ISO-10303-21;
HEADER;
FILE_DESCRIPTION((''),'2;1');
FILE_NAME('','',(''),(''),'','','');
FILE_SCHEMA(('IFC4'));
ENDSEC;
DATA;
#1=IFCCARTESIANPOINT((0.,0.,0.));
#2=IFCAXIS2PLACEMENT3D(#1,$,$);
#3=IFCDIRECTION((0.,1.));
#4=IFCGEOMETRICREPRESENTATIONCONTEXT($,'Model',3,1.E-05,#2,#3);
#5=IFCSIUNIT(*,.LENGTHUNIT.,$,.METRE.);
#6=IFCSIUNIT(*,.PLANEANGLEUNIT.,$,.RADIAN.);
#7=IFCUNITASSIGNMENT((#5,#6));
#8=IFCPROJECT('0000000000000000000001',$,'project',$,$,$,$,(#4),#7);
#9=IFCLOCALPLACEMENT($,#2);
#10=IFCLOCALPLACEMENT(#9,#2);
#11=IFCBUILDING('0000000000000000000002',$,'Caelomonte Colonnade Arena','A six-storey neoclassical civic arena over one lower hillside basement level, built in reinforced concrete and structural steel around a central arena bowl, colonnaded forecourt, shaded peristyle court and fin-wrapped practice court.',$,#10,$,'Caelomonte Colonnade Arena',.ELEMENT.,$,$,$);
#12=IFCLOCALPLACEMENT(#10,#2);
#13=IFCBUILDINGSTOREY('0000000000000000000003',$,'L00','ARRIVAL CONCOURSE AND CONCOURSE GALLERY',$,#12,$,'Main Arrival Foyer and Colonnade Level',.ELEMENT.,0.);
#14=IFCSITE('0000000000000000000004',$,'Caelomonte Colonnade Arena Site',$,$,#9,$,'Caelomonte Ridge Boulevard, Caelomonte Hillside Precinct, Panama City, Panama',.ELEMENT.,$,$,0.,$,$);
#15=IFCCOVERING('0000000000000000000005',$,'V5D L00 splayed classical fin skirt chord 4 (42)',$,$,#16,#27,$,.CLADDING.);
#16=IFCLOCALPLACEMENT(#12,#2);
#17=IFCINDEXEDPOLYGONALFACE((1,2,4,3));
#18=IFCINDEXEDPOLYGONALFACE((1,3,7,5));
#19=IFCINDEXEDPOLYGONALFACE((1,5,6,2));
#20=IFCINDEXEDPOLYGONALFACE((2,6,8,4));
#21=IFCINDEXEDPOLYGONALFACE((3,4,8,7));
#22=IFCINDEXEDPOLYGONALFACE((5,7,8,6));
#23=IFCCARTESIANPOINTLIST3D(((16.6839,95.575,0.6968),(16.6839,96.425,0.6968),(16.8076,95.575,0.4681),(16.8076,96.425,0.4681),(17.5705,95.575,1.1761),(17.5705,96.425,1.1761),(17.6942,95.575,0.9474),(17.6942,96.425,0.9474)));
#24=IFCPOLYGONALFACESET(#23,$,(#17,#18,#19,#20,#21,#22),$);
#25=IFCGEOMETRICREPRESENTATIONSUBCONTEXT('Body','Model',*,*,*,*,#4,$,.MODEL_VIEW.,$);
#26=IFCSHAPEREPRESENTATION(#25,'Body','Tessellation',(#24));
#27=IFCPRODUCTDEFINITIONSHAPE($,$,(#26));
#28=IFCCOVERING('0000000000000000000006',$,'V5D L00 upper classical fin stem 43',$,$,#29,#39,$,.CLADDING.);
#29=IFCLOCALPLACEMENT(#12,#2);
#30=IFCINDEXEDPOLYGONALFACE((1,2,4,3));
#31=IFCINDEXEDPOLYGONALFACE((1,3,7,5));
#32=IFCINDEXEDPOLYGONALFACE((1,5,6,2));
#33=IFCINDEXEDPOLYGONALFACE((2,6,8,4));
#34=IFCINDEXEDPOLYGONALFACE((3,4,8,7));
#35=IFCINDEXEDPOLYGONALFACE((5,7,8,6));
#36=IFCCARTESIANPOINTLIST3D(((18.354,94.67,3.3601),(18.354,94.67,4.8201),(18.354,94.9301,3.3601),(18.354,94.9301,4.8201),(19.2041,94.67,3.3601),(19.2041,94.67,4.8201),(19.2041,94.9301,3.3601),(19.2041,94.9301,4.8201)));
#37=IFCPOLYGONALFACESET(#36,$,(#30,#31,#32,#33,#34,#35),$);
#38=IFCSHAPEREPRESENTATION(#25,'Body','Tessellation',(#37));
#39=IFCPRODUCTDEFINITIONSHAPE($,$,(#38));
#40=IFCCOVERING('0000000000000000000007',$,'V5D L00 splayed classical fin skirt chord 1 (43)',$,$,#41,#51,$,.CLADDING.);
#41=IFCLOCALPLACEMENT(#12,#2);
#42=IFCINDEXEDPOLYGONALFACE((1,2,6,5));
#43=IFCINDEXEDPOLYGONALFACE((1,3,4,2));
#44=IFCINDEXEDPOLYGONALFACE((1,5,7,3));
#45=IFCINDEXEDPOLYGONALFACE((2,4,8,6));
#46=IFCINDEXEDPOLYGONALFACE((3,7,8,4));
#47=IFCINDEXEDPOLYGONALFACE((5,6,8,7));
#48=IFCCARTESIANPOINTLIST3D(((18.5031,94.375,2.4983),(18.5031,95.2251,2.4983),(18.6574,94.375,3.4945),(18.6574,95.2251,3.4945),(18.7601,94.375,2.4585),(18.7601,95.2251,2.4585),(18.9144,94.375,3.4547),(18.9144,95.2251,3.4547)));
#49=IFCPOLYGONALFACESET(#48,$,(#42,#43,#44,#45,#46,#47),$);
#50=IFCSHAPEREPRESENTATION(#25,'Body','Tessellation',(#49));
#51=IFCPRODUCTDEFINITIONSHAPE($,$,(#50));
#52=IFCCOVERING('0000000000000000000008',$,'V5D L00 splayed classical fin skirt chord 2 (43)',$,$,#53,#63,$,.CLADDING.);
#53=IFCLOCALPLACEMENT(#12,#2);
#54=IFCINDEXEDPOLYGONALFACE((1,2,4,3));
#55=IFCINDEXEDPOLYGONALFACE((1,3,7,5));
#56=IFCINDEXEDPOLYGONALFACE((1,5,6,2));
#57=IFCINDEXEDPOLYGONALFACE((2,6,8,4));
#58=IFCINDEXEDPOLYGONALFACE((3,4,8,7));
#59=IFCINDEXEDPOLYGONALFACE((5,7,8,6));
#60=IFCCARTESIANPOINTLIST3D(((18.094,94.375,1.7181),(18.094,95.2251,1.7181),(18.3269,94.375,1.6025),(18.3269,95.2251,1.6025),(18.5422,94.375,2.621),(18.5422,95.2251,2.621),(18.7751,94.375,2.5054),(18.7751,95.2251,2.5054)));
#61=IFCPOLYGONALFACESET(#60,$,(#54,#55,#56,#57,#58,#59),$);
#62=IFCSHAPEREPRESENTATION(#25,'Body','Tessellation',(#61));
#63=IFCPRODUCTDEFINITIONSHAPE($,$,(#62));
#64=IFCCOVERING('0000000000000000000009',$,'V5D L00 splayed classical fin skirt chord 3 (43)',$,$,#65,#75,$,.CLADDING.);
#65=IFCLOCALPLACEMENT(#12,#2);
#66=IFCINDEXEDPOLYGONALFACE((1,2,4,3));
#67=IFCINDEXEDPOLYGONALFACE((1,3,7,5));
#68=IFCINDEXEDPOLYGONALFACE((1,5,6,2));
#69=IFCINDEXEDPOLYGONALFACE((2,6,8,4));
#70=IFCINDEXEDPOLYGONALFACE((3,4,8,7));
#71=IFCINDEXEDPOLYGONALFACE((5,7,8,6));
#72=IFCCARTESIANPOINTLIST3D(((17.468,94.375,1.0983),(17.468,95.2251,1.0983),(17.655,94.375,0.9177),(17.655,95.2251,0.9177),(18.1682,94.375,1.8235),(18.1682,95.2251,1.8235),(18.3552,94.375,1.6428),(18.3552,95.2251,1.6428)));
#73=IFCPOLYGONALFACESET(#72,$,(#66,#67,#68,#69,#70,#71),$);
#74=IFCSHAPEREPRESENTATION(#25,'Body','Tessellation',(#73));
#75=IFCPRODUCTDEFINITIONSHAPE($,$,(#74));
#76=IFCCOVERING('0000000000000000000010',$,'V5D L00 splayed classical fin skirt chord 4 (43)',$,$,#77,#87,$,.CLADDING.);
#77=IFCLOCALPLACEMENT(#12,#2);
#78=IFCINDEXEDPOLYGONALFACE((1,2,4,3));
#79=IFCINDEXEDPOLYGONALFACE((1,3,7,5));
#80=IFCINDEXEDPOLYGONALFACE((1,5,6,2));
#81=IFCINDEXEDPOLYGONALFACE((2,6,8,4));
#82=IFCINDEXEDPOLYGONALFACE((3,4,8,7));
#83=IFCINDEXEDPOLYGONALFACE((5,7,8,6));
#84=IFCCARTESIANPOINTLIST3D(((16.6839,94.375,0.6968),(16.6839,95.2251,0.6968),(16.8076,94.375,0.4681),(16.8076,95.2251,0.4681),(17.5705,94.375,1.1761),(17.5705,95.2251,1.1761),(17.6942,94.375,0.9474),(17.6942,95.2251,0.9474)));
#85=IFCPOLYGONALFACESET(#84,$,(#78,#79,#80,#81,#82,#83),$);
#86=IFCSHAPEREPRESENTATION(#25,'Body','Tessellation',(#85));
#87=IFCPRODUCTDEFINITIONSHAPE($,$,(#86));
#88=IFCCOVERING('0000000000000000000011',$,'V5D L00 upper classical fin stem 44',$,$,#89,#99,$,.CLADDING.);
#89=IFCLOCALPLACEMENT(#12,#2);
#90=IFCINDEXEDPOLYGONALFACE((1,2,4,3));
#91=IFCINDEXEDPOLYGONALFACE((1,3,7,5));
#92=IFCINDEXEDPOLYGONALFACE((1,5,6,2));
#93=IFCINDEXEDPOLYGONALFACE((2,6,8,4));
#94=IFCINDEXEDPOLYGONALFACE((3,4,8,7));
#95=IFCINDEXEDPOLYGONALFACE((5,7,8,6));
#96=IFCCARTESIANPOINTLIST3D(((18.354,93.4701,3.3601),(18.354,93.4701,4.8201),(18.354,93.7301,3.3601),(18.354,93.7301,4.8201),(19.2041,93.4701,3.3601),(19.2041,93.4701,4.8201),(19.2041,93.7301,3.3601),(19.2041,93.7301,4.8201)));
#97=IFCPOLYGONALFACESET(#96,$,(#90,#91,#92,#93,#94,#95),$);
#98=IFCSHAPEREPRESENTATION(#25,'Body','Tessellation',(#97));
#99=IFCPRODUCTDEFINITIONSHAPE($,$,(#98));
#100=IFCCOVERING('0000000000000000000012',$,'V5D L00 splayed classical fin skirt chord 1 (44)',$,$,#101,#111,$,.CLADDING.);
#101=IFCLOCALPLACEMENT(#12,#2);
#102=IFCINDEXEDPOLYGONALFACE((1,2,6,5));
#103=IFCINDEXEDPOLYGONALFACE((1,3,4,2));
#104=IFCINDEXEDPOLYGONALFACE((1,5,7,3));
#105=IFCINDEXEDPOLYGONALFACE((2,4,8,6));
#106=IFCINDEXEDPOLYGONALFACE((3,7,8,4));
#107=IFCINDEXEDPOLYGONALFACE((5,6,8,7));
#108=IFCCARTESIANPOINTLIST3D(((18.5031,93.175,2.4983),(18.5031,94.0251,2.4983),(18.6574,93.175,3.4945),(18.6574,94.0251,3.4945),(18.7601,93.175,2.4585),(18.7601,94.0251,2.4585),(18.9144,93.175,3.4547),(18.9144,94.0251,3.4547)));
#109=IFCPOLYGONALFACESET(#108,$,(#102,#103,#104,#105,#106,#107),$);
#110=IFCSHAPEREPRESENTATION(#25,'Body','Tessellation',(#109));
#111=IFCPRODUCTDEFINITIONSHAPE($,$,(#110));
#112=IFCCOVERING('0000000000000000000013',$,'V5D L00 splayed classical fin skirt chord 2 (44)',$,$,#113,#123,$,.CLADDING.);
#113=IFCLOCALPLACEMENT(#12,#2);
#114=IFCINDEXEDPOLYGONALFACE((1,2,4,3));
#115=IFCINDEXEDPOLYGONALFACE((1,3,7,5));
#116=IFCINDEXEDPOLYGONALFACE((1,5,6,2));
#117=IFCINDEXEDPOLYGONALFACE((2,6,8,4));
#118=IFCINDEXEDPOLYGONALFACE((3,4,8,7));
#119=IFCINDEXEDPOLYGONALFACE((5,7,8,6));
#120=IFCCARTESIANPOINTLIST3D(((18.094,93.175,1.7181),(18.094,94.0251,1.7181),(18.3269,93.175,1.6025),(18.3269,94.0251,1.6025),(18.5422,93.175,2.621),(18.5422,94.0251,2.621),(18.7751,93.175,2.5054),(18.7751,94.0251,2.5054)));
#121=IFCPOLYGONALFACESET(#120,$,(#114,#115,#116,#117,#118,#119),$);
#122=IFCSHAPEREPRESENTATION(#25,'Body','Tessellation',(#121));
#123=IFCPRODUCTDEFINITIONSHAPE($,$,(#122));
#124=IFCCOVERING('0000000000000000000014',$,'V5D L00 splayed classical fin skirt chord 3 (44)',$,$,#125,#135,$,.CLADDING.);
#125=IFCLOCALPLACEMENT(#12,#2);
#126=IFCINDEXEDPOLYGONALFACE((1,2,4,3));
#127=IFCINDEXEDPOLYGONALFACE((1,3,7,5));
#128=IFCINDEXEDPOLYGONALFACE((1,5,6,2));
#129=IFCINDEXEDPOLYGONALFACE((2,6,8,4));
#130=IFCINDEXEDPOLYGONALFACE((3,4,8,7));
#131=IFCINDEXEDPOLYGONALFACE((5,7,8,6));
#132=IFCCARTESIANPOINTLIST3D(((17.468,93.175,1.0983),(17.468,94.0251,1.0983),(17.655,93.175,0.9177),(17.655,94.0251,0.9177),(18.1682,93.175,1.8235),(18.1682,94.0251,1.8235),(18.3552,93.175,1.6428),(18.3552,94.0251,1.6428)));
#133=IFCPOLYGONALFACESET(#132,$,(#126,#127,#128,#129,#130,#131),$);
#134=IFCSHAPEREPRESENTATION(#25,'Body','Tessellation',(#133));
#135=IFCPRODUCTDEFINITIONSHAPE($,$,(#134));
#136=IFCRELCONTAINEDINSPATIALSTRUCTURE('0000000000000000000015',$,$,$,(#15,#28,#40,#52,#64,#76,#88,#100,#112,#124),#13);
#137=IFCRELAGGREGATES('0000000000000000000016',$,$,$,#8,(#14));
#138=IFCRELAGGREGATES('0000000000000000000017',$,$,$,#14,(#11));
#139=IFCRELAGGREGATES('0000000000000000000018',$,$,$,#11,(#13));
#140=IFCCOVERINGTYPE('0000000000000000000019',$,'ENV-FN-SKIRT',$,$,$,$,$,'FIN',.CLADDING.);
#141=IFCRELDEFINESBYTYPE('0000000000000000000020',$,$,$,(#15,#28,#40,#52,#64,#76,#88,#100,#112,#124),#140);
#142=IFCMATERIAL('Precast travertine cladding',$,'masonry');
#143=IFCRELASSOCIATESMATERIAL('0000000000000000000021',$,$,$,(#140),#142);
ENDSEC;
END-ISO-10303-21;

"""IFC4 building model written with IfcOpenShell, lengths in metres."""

from ifc_helpers import new_model, si_unit, direction, frame, origin, origin_2d, place, context, subcontext, project, spatial, rectangle, extrude, material, material_profile, profile_set, type_object, element, save


model = new_model("IFC4")

# Units and contexts
model_context = context("Model", 3, precision=1e-05, world=origin(), true_north=direction((0.0, 1.0)))
body_context = subcontext(model_context, "Body", "Model", "MODEL_VIEW")
ifc_project = project(units=[si_unit("LENGTHUNIT", "METRE"), si_unit("PLANEANGLEUNIT", "RADIAN")], contexts=[model_context])

# Site, building, storey
site_placement = place(None, origin())
site = spatial("IfcSite", under=ifc_project, at=site_placement, Name="Caelomonte Colonnade Arena Site", LongName="Caelomonte Ridge Boulevard, Caelomonte Hillside Precinct, Panama City, Panama", CompositionType="ELEMENT", RefElevation=0.0)
building_placement = place(site_placement, origin())
building = spatial("IfcBuilding", under=site, at=building_placement, Name="Caelomonte Colonnade Arena", Description="A six-storey neoclassical civic arena over one lower hillside basement level, built in reinforced concrete and structural steel around a central arena bowl, colonnaded forecourt, shaded peristyle court and fin-wrapped practice court.", LongName="Caelomonte Colonnade Arena", CompositionType="ELEMENT")
storey_placement = place(building_placement, origin())
storey = spatial("IfcBuildingStorey", under=building, at=storey_placement, Name="L00", Description="ARRIVAL CONCOURSE AND CONCOURSE GALLERY", LongName="Main Arrival Foyer and Colonnade Level", CompositionType="ELEMENT", Elevation=0.0)

# Coverings
ifc_material = material(Name="Precast travertine cladding", Category="masonry")
ifc_material_profile = material_profile(ifc_material, rectangle(XDim=0.26, YDim=0.8501, at=origin_2d()), Name="FIN260X850")
ifc_profile_set = profile_set([ifc_material_profile], Name="Precast travertine cladding")
covering_type = type_object("IfcCoveringType", Name="ENV-FN-SKIRT", ElementType="FIN", PredefinedType="CLADDING", material=ifc_profile_set)
covering_1_placement = place(storey_placement, frame((17.6323, 96.0, 1.0618), z_axis=(-0.879676, 0.0, -0.475573), x_axis=(-0.475573, 0.0, 0.879676)))
element("IfcCovering", 1, at=covering_1_placement, inside=storey, type_object=covering_type, Name="V5D L00 splayed classical fin skirt chord 4 (42)", PredefinedType="CLADDING", context=body_context, shape_type="SweptSolid", body=[
    extrude(rectangle(XDim=0.26, YDim=0.8501, at=origin_2d()), origin(), (0.0, 0.0, 1.0), 1.0078),
])
covering_2_placement = place(storey_placement, frame((18.7791, 94.8, 3.3601), z_axis=(0.0, 0.0, 1.0), x_axis=(0.0, 1.0, 0.0)))
element("IfcCovering", 2, at=covering_2_placement, inside=storey, type_object=covering_type, Name="V5D L00 upper classical fin stem 43", PredefinedType="CLADDING", context=body_context, shape_type="SweptSolid", body=[
    extrude(rectangle(XDim=0.26, YDim=0.8501, at=origin_2d()), origin(), (0.0, 0.0, 1.0), 1.46),
])
for number, where, z_axis, x_axis, name in (
    (3, (18.7859, 94.8, 3.4746), (-0.153076, 0.0, -0.988214), (-0.988214, 0.0, 0.153076), "V5D L00 splayed classical fin skirt chord 1 (43)"),
    (4, (18.6587, 94.8, 2.5632), (-0.444693, 0.0, -0.895683), (-0.895683, 0.0, 0.444693), "V5D L00 splayed classical fin skirt chord 2 (43)"),
    (5, (18.2617, 94.8, 1.7332), (-0.694646, 0.0, -0.719351), (-0.719351, 0.0, 0.694646), "V5D L00 splayed classical fin skirt chord 3 (43)"),
):
    element("IfcCovering", number, at=place(storey_placement, frame(where, z_axis=z_axis, x_axis=x_axis)), inside=storey, type_object=covering_type, Name=name, PredefinedType="CLADDING", context=body_context, shape_type="SweptSolid", body=[
        extrude(rectangle(XDim=0.26, YDim=0.8501, at=origin_2d()), origin(), (0.0, 0.0, 1.0), 1.0081),
    ])
covering_3_placement = place(storey_placement, frame((17.6323, 94.8, 1.0618), z_axis=(-0.879676, 0.0, -0.475573), x_axis=(-0.475573, 0.0, 0.879676)))
element("IfcCovering", 6, at=covering_3_placement, inside=storey, type_object=covering_type, Name="V5D L00 splayed classical fin skirt chord 4 (43)", PredefinedType="CLADDING", context=body_context, shape_type="SweptSolid", body=[
    extrude(rectangle(XDim=0.26, YDim=0.8501, at=origin_2d()), origin(), (0.0, 0.0, 1.0), 1.0078),
])
covering_4_placement = place(storey_placement, frame((18.7791, 93.6001, 3.3601), z_axis=(0.0, 0.0, 1.0), x_axis=(0.0, 1.0, 0.0)))
element("IfcCovering", 7, at=covering_4_placement, inside=storey, type_object=covering_type, Name="V5D L00 upper classical fin stem 44", PredefinedType="CLADDING", context=body_context, shape_type="SweptSolid", body=[
    extrude(rectangle(XDim=0.26, YDim=0.8501, at=origin_2d()), origin(), (0.0, 0.0, 1.0), 1.46),
])
for number, where, z_axis, x_axis, name in (
    (8, (18.7859, 93.6001, 3.4746), (-0.153076, 0.0, -0.988214), (-0.988214, 0.0, 0.153076), "V5D L00 splayed classical fin skirt chord 1 (44)"),
    (9, (18.6587, 93.6001, 2.5632), (-0.444693, 0.0, -0.895683), (-0.895683, 0.0, 0.444693), "V5D L00 splayed classical fin skirt chord 2 (44)"),
    (10, (18.2617, 93.6001, 1.7332), (-0.694646, 0.0, -0.719351), (-0.719351, 0.0, 0.694646), "V5D L00 splayed classical fin skirt chord 3 (44)"),
):
    element("IfcCovering", number, at=place(storey_placement, frame(where, z_axis=z_axis, x_axis=x_axis)), inside=storey, type_object=covering_type, Name=name, PredefinedType="CLADDING", context=body_context, shape_type="SweptSolid", body=[
        extrude(rectangle(XDim=0.26, YDim=0.8501, at=origin_2d()), origin(), (0.0, 0.0, 1.0), 1.0081),
    ])

save(model, "model.ifc")
